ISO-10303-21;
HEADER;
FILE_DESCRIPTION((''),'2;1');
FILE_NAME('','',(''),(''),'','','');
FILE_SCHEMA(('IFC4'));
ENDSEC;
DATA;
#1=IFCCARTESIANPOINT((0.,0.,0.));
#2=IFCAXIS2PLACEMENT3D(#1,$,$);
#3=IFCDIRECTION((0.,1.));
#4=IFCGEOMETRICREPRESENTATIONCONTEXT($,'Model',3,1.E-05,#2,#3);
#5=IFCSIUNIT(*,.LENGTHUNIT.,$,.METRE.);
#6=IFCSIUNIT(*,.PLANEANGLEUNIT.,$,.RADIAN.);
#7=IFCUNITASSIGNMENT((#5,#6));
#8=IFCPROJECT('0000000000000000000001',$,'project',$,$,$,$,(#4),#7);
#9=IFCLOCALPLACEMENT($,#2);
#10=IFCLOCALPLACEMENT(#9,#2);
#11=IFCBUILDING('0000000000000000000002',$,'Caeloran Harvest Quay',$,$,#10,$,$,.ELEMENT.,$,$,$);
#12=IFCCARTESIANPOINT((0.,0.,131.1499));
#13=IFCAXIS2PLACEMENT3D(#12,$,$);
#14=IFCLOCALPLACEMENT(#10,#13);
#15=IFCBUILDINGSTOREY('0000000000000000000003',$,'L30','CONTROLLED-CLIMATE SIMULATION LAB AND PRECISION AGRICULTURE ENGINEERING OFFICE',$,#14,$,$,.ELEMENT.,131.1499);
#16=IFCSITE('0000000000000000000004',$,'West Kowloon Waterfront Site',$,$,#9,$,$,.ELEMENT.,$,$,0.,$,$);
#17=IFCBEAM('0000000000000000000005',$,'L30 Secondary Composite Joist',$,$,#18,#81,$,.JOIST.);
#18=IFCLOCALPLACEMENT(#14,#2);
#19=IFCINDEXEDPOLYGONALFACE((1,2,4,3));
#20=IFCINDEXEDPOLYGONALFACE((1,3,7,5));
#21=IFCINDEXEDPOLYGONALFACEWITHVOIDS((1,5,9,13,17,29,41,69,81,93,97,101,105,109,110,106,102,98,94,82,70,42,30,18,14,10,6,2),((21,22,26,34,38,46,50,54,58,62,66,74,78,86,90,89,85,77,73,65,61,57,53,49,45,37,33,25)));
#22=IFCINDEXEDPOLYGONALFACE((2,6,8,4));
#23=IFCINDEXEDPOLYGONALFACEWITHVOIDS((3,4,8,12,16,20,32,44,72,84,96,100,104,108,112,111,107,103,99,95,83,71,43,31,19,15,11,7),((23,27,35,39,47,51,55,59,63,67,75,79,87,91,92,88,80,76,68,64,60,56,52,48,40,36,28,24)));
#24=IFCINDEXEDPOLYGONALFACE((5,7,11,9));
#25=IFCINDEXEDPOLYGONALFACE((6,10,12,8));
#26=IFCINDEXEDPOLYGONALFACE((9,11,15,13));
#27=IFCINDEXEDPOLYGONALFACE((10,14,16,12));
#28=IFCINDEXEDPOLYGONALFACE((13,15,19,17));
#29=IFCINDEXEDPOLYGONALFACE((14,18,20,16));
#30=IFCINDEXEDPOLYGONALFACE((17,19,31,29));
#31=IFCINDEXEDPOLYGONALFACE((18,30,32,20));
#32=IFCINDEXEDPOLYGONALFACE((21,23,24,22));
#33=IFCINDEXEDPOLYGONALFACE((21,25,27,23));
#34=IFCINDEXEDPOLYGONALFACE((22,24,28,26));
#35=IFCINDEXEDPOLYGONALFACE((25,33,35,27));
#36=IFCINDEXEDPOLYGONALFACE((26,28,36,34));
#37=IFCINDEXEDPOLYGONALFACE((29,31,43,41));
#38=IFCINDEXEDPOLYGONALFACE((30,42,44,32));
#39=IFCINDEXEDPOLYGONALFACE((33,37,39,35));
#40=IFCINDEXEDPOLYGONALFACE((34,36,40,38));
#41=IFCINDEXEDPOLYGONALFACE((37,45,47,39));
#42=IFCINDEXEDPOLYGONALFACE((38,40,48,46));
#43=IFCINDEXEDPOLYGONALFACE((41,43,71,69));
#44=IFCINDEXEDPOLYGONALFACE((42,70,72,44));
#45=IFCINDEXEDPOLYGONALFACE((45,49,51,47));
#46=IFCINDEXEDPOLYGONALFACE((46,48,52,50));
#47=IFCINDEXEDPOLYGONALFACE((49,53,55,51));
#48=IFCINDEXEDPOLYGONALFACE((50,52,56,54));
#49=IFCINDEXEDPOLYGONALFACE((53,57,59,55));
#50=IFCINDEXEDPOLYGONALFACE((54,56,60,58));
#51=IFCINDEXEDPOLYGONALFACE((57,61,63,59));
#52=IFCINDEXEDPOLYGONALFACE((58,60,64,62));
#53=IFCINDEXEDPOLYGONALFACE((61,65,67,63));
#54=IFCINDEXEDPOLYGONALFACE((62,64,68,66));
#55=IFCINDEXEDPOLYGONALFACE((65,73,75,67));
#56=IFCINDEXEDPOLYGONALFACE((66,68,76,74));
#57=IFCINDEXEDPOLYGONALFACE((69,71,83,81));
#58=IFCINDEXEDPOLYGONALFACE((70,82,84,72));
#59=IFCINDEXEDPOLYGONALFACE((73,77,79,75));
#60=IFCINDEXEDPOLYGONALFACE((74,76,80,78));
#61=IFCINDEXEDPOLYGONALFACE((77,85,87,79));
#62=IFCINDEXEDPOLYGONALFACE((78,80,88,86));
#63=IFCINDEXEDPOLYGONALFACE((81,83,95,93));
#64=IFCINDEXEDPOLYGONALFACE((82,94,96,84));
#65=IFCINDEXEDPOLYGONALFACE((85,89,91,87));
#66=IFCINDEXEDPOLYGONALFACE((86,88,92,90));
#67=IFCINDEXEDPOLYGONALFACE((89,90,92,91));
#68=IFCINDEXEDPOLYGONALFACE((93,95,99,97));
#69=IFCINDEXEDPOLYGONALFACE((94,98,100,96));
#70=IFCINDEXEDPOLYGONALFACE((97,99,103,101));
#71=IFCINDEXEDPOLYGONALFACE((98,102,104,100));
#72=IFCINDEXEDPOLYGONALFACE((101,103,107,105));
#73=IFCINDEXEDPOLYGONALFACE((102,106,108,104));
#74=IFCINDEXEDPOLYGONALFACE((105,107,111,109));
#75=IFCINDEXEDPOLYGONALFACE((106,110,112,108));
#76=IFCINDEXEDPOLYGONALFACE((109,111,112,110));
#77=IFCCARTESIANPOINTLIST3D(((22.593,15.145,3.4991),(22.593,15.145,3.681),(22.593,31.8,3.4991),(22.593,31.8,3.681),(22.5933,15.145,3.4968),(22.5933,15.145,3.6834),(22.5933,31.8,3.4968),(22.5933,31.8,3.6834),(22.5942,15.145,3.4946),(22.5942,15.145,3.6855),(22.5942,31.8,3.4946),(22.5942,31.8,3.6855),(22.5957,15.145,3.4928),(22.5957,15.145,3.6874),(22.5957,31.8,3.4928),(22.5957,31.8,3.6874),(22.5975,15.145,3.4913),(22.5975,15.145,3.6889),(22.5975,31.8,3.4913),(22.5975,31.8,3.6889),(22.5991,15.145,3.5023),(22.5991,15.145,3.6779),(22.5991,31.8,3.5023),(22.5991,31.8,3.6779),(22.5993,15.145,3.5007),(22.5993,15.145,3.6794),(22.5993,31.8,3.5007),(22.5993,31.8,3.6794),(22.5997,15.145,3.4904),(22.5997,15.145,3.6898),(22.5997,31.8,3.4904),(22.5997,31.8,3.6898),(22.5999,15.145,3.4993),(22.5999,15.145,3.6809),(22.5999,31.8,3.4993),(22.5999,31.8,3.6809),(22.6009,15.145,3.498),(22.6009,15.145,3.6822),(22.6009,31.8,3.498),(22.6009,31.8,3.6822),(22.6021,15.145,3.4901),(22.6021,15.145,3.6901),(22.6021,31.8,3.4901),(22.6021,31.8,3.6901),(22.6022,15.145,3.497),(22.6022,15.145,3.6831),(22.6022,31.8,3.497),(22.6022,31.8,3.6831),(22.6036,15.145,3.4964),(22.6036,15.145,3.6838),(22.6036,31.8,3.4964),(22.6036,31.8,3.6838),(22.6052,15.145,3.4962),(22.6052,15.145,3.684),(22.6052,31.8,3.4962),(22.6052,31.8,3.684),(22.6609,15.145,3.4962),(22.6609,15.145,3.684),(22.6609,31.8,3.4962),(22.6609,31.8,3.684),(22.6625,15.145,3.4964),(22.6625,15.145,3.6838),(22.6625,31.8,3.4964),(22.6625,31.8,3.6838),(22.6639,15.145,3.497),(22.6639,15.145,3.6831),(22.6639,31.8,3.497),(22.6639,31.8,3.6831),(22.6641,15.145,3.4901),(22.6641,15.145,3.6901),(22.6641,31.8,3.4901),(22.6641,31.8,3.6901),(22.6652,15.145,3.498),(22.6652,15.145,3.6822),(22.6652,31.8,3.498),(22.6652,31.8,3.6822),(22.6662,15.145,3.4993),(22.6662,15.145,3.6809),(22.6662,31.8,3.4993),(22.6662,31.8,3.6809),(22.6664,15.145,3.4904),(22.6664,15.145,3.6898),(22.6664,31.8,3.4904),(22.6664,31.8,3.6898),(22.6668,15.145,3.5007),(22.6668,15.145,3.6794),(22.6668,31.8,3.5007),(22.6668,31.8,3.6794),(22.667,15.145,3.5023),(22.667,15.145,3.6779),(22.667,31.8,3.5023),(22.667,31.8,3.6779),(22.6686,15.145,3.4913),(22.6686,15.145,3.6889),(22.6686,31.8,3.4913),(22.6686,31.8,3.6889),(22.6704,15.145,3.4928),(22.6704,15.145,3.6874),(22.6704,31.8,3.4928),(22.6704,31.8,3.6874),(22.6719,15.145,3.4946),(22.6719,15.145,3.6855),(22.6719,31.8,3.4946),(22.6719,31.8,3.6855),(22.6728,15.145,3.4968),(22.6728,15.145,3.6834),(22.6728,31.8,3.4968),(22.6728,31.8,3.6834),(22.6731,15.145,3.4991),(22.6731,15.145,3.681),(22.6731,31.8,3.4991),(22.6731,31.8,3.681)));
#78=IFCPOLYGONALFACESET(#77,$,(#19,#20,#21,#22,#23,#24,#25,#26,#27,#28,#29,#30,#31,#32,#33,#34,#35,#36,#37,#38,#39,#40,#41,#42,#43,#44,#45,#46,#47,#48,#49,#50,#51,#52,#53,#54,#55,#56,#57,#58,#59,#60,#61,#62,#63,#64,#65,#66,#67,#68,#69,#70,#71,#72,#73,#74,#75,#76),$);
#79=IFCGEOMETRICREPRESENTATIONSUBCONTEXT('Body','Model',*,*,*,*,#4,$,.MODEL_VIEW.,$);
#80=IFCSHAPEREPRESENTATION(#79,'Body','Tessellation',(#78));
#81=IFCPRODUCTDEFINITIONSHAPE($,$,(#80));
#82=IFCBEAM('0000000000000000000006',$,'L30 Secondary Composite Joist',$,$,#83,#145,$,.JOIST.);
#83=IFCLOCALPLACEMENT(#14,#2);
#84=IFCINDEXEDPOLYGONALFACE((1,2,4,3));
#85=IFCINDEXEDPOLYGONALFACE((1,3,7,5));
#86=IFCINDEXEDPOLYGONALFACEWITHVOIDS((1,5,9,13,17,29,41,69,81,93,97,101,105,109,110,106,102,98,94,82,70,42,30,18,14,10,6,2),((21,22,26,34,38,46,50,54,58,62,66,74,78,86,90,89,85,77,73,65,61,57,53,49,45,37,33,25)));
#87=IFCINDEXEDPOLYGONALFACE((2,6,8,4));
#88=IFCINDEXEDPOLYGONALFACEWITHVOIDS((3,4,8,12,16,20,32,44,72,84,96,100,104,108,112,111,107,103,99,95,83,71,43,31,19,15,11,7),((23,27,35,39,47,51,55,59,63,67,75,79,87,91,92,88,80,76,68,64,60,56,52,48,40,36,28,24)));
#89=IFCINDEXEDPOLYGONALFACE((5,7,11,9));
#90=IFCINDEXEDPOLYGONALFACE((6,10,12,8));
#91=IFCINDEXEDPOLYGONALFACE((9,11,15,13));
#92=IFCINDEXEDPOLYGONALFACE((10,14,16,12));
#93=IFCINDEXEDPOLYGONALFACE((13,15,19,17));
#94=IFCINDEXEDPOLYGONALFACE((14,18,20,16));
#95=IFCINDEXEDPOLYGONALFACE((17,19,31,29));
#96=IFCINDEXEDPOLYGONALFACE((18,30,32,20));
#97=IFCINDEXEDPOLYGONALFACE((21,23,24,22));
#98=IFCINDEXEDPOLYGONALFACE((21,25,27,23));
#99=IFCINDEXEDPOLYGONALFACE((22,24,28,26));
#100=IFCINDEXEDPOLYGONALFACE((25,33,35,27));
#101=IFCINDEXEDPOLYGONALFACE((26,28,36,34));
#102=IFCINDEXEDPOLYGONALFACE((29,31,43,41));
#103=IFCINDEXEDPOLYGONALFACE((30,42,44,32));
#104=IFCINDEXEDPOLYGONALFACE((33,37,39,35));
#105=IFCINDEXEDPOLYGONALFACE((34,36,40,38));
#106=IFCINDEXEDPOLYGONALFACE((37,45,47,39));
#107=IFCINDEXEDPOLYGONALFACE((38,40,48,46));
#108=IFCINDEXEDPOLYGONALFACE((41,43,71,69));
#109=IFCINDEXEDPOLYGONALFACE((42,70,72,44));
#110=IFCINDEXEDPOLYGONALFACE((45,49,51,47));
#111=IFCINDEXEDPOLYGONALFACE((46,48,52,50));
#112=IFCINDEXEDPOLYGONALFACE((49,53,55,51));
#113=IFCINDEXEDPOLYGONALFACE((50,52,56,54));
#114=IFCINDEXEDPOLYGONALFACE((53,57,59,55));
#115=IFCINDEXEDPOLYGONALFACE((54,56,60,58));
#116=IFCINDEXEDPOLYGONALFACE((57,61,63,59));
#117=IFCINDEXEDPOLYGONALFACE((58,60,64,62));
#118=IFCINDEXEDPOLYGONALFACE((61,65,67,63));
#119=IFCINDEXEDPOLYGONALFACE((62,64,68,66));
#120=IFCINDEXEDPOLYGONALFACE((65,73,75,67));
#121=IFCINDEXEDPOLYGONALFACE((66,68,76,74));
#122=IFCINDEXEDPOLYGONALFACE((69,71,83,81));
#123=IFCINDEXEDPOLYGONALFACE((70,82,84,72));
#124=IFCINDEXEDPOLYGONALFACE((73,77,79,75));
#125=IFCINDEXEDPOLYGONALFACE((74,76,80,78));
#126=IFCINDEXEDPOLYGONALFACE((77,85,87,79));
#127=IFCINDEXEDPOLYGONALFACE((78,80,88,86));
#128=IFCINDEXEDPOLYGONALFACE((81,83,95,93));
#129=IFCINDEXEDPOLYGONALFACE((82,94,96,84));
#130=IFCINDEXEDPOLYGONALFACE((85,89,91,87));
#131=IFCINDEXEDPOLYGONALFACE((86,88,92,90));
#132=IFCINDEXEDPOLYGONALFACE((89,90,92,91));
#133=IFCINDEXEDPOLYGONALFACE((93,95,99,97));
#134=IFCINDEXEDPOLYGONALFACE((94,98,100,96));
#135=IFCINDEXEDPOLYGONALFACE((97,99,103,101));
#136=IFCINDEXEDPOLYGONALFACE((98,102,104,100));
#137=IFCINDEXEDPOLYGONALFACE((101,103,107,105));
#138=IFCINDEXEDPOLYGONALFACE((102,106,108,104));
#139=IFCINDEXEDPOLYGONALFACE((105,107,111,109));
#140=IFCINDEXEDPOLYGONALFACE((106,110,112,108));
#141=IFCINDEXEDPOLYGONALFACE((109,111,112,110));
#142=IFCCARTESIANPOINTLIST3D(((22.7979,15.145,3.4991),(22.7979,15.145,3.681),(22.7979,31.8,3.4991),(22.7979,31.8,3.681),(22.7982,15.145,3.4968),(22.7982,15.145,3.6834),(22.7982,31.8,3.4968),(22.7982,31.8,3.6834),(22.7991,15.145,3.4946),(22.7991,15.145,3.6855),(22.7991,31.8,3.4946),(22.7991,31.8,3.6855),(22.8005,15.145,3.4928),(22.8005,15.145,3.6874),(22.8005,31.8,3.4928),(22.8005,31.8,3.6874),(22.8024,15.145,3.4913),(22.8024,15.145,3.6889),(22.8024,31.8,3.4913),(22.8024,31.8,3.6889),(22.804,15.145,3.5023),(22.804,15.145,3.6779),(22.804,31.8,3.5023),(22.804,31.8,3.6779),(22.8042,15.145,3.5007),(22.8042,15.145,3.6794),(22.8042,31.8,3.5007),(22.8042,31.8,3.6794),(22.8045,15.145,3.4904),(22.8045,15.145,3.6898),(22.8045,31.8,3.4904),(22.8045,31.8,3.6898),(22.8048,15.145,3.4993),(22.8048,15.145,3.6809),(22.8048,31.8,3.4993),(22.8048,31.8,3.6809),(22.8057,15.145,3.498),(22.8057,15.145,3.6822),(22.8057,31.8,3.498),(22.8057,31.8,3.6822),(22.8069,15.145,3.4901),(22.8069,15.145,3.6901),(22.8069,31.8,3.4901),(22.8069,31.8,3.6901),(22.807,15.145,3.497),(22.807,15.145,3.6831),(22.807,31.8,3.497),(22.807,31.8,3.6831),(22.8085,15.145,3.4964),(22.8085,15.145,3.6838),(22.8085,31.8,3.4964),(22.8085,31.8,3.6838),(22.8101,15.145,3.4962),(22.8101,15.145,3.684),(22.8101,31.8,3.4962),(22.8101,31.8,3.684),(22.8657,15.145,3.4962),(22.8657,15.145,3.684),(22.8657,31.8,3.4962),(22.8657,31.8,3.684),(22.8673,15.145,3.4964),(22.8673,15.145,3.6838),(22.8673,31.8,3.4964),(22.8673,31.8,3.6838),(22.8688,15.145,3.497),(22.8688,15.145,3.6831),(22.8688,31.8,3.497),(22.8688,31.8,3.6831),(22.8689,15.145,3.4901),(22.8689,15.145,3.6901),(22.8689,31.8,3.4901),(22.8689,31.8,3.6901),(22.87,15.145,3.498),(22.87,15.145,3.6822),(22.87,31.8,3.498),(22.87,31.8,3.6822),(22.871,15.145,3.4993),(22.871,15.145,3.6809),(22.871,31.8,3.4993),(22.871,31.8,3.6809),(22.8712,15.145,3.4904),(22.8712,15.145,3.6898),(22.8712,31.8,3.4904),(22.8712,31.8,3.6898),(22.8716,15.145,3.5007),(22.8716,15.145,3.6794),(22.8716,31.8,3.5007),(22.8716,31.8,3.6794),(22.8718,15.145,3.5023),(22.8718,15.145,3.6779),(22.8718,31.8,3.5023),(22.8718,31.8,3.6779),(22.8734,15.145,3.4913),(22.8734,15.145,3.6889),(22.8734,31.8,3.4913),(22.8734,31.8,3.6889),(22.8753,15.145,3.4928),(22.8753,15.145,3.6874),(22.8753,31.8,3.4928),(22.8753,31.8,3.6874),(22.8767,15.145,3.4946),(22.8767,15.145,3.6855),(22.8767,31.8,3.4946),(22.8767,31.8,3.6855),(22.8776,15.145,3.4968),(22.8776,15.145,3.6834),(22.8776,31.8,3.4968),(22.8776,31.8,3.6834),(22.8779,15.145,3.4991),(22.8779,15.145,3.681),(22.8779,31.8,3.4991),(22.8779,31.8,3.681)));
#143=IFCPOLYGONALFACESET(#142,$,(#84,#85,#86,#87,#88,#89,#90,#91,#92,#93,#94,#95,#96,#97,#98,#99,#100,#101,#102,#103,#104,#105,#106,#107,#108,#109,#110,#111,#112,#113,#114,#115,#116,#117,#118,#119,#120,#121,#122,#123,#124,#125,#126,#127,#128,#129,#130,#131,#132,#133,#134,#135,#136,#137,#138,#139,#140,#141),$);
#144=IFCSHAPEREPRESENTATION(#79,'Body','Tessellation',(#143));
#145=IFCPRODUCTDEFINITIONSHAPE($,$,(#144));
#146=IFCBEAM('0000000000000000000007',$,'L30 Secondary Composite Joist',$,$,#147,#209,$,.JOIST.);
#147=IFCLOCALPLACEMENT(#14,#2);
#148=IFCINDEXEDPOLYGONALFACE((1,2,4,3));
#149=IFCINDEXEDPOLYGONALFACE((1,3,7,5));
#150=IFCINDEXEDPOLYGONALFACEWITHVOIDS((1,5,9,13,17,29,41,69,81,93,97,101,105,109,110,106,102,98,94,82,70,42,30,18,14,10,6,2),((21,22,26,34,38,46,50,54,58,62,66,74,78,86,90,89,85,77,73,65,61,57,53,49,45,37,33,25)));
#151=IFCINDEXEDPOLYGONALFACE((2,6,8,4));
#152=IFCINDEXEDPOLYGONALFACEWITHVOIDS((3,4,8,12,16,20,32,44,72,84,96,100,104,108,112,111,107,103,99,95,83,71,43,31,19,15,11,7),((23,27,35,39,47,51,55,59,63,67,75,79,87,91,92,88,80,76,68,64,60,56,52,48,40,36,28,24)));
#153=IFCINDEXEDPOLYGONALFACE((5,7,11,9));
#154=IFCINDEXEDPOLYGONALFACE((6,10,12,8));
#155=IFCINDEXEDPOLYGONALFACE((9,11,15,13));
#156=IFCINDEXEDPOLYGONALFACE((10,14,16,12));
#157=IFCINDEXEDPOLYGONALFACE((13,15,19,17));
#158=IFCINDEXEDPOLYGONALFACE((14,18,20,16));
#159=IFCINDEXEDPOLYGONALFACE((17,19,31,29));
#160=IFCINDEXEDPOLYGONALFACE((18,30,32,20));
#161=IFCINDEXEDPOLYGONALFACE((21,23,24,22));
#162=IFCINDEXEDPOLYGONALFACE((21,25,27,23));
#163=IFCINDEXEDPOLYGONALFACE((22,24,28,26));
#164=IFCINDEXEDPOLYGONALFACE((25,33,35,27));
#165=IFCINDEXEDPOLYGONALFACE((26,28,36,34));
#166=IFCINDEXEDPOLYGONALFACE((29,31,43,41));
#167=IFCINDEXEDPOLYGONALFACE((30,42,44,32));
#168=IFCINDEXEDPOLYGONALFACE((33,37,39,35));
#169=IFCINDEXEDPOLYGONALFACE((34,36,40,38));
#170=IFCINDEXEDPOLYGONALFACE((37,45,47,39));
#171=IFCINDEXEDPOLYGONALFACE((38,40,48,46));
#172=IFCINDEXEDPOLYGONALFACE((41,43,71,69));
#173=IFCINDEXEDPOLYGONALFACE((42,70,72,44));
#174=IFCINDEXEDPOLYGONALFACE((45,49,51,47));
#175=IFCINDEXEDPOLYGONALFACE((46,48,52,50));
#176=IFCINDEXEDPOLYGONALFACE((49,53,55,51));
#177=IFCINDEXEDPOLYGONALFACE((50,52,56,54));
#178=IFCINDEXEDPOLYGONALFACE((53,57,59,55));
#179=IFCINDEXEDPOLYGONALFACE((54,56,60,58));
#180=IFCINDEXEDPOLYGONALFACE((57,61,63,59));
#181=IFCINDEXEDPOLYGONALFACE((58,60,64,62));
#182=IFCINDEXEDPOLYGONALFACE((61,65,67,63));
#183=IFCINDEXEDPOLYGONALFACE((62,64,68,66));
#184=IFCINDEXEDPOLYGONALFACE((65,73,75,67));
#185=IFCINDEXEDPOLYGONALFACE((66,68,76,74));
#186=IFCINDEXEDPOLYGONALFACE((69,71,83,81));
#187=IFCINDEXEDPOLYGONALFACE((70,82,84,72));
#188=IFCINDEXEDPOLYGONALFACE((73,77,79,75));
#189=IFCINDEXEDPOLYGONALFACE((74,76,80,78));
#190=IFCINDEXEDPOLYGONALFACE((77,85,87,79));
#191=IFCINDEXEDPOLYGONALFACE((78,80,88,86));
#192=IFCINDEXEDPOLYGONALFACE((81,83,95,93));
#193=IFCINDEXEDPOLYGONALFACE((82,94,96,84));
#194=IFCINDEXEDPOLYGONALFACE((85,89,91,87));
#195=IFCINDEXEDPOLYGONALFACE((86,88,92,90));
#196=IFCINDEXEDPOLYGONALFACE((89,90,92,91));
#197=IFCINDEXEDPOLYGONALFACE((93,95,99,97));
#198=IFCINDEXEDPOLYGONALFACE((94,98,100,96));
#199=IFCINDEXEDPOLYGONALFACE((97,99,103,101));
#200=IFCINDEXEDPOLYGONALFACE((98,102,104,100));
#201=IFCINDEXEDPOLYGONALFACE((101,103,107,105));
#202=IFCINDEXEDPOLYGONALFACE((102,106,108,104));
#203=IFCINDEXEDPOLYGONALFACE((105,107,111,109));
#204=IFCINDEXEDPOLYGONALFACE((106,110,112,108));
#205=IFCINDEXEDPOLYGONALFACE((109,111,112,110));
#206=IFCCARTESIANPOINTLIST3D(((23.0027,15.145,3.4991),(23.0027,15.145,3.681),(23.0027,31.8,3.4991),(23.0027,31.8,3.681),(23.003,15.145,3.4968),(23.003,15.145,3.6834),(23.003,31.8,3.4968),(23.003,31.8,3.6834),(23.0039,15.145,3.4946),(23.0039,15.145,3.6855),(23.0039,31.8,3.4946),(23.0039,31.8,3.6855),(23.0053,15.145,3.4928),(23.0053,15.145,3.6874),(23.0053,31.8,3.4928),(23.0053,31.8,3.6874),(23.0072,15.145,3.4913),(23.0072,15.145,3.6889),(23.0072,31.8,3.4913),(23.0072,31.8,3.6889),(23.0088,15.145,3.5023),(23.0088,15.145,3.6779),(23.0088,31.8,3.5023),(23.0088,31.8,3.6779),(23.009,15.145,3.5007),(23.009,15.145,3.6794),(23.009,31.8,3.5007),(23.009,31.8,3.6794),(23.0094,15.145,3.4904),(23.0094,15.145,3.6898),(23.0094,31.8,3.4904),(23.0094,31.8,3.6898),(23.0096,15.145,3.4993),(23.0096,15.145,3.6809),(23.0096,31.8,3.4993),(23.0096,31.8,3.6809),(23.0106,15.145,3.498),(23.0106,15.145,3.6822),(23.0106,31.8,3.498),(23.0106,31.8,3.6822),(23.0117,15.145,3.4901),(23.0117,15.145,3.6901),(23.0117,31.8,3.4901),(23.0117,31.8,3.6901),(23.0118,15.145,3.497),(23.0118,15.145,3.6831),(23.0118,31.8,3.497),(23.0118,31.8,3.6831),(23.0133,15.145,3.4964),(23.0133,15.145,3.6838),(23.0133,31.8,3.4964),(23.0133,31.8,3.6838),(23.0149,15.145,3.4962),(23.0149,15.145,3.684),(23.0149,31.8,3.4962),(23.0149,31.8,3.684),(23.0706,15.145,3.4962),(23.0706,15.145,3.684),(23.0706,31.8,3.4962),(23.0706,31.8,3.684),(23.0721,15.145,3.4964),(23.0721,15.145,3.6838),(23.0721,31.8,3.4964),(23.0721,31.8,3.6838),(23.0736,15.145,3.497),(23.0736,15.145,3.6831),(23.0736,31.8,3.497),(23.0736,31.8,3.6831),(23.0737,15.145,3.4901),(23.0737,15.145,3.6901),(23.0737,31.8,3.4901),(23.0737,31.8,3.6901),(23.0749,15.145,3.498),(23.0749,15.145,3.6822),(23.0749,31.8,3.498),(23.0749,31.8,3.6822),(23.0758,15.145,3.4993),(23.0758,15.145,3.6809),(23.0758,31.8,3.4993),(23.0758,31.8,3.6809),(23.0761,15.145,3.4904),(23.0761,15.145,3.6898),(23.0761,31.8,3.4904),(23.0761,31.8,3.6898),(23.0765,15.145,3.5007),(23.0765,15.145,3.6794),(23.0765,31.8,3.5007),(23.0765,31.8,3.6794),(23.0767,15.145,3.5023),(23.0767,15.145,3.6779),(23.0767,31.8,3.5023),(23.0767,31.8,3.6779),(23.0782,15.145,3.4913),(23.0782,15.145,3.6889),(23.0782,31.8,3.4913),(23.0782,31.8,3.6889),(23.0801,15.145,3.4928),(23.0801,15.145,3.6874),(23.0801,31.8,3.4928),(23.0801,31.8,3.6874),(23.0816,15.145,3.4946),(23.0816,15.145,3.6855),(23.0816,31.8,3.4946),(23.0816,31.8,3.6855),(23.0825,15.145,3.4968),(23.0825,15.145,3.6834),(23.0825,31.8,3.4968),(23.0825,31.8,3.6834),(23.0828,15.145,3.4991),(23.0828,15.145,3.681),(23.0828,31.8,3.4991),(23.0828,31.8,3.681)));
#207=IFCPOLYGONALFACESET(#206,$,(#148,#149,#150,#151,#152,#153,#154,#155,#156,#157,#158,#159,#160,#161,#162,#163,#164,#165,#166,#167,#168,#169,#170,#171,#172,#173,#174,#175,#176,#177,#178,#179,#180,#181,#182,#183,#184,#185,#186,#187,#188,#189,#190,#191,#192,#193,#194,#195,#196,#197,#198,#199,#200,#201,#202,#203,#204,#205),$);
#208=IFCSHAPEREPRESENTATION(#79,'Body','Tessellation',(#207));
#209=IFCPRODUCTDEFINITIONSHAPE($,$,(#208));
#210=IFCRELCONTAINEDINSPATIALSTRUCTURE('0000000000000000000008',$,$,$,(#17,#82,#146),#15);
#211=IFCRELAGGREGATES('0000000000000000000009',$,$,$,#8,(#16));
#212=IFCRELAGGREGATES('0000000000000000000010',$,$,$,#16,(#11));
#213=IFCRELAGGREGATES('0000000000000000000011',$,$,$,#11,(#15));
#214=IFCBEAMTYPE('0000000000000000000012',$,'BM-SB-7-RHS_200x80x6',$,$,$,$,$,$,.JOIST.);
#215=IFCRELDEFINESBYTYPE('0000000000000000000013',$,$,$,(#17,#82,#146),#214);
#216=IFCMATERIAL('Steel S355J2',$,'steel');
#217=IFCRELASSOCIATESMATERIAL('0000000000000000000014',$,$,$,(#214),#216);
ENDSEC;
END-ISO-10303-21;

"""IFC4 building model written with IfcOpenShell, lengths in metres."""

from ifc_helpers import new_model, si_unit, direction, frame, origin, origin_2d, place, context, subcontext, project, spatial, hollow_rectangle, extrude, material, material_profile, profile_set, type_object, element, save


model = new_model("IFC4")

# Units and contexts
model_context = context("Model", 3, precision=1e-05, world=origin(), true_north=direction((0.0, 1.0)))
body_context = subcontext(model_context, "Body", "Model", "MODEL_VIEW")
ifc_project = project(units=[si_unit("LENGTHUNIT", "METRE"), si_unit("PLANEANGLEUNIT", "RADIAN")], contexts=[model_context])

# Site, building, storey
site_placement = place(None, origin())
site = spatial("IfcSite", under=ifc_project, at=site_placement, Name="West Kowloon Waterfront Site", CompositionType="ELEMENT", RefElevation=0.0)
building_placement = place(site_placement, origin())
building = spatial("IfcBuilding", under=site, at=building_placement, Name="Caeloran Harvest Quay", CompositionType="ELEMENT")
storey_placement = place(building_placement, frame((0.0, 0.0, 131.1499)))
storey = spatial("IfcBuildingStorey", under=building, at=storey_placement, Name="L30", Description="CONTROLLED-CLIMATE SIMULATION LAB AND PRECISION AGRICULTURE ENGINEERING OFFICE", CompositionType="ELEMENT", Elevation=131.1499)

# Beams
ifc_material_1 = material(Name="Steel S355J2", Category="steel")
ifc_material_profile_1 = material_profile(ifc_material_1, hollow_rectangle(XDim=0.0801, YDim=0.2, WallThickness=0.0061, InnerFilletRadius=0.0061, OuterFilletRadius=0.009, at=origin_2d()), Name="RHS 200x80x6")
ifc_profile_set_1 = profile_set([ifc_material_profile_1], Name="Steel S355J2")
beam_type_1 = type_object("IfcBeamType", Name="BM-SB-7-RHS_200x80x6", PredefinedType="JOIST", material=ifc_profile_set_1)
for number, where, z_axis, x_axis, name in (
    (1, (22.6331, 15.145, 3.5901), (0.0, 1.0, 0.0), (-1.0, 0.0, 0.0), "L30 Secondary Composite Joist"),
    (2, (22.8379, 15.145, 3.5901), (0.0, 1.0, 0.0), (-1.0, 0.0, 0.0), "L30 Secondary Composite Joist"),
    (3, (23.0427, 15.145, 3.5901), (0.0, 1.0, 0.0), (-1.0, 0.0, 0.0), "L30 Secondary Composite Joist"),
):
    element("IfcBeam", number, at=place(storey_placement, frame(where, z_axis=z_axis, x_axis=x_axis)), inside=storey, type_object=beam_type_1, Name=name, PredefinedType="JOIST", context=body_context, shape_type="SweptSolid", body=[
        extrude(hollow_rectangle(XDim=0.0801, YDim=0.2, WallThickness=0.0061, InnerFilletRadius=0.0061, OuterFilletRadius=0.009, at=origin_2d()), origin(), (0.0, 0.0, 1.0), 16.655),
    ])

save(model, "model.ifc")
